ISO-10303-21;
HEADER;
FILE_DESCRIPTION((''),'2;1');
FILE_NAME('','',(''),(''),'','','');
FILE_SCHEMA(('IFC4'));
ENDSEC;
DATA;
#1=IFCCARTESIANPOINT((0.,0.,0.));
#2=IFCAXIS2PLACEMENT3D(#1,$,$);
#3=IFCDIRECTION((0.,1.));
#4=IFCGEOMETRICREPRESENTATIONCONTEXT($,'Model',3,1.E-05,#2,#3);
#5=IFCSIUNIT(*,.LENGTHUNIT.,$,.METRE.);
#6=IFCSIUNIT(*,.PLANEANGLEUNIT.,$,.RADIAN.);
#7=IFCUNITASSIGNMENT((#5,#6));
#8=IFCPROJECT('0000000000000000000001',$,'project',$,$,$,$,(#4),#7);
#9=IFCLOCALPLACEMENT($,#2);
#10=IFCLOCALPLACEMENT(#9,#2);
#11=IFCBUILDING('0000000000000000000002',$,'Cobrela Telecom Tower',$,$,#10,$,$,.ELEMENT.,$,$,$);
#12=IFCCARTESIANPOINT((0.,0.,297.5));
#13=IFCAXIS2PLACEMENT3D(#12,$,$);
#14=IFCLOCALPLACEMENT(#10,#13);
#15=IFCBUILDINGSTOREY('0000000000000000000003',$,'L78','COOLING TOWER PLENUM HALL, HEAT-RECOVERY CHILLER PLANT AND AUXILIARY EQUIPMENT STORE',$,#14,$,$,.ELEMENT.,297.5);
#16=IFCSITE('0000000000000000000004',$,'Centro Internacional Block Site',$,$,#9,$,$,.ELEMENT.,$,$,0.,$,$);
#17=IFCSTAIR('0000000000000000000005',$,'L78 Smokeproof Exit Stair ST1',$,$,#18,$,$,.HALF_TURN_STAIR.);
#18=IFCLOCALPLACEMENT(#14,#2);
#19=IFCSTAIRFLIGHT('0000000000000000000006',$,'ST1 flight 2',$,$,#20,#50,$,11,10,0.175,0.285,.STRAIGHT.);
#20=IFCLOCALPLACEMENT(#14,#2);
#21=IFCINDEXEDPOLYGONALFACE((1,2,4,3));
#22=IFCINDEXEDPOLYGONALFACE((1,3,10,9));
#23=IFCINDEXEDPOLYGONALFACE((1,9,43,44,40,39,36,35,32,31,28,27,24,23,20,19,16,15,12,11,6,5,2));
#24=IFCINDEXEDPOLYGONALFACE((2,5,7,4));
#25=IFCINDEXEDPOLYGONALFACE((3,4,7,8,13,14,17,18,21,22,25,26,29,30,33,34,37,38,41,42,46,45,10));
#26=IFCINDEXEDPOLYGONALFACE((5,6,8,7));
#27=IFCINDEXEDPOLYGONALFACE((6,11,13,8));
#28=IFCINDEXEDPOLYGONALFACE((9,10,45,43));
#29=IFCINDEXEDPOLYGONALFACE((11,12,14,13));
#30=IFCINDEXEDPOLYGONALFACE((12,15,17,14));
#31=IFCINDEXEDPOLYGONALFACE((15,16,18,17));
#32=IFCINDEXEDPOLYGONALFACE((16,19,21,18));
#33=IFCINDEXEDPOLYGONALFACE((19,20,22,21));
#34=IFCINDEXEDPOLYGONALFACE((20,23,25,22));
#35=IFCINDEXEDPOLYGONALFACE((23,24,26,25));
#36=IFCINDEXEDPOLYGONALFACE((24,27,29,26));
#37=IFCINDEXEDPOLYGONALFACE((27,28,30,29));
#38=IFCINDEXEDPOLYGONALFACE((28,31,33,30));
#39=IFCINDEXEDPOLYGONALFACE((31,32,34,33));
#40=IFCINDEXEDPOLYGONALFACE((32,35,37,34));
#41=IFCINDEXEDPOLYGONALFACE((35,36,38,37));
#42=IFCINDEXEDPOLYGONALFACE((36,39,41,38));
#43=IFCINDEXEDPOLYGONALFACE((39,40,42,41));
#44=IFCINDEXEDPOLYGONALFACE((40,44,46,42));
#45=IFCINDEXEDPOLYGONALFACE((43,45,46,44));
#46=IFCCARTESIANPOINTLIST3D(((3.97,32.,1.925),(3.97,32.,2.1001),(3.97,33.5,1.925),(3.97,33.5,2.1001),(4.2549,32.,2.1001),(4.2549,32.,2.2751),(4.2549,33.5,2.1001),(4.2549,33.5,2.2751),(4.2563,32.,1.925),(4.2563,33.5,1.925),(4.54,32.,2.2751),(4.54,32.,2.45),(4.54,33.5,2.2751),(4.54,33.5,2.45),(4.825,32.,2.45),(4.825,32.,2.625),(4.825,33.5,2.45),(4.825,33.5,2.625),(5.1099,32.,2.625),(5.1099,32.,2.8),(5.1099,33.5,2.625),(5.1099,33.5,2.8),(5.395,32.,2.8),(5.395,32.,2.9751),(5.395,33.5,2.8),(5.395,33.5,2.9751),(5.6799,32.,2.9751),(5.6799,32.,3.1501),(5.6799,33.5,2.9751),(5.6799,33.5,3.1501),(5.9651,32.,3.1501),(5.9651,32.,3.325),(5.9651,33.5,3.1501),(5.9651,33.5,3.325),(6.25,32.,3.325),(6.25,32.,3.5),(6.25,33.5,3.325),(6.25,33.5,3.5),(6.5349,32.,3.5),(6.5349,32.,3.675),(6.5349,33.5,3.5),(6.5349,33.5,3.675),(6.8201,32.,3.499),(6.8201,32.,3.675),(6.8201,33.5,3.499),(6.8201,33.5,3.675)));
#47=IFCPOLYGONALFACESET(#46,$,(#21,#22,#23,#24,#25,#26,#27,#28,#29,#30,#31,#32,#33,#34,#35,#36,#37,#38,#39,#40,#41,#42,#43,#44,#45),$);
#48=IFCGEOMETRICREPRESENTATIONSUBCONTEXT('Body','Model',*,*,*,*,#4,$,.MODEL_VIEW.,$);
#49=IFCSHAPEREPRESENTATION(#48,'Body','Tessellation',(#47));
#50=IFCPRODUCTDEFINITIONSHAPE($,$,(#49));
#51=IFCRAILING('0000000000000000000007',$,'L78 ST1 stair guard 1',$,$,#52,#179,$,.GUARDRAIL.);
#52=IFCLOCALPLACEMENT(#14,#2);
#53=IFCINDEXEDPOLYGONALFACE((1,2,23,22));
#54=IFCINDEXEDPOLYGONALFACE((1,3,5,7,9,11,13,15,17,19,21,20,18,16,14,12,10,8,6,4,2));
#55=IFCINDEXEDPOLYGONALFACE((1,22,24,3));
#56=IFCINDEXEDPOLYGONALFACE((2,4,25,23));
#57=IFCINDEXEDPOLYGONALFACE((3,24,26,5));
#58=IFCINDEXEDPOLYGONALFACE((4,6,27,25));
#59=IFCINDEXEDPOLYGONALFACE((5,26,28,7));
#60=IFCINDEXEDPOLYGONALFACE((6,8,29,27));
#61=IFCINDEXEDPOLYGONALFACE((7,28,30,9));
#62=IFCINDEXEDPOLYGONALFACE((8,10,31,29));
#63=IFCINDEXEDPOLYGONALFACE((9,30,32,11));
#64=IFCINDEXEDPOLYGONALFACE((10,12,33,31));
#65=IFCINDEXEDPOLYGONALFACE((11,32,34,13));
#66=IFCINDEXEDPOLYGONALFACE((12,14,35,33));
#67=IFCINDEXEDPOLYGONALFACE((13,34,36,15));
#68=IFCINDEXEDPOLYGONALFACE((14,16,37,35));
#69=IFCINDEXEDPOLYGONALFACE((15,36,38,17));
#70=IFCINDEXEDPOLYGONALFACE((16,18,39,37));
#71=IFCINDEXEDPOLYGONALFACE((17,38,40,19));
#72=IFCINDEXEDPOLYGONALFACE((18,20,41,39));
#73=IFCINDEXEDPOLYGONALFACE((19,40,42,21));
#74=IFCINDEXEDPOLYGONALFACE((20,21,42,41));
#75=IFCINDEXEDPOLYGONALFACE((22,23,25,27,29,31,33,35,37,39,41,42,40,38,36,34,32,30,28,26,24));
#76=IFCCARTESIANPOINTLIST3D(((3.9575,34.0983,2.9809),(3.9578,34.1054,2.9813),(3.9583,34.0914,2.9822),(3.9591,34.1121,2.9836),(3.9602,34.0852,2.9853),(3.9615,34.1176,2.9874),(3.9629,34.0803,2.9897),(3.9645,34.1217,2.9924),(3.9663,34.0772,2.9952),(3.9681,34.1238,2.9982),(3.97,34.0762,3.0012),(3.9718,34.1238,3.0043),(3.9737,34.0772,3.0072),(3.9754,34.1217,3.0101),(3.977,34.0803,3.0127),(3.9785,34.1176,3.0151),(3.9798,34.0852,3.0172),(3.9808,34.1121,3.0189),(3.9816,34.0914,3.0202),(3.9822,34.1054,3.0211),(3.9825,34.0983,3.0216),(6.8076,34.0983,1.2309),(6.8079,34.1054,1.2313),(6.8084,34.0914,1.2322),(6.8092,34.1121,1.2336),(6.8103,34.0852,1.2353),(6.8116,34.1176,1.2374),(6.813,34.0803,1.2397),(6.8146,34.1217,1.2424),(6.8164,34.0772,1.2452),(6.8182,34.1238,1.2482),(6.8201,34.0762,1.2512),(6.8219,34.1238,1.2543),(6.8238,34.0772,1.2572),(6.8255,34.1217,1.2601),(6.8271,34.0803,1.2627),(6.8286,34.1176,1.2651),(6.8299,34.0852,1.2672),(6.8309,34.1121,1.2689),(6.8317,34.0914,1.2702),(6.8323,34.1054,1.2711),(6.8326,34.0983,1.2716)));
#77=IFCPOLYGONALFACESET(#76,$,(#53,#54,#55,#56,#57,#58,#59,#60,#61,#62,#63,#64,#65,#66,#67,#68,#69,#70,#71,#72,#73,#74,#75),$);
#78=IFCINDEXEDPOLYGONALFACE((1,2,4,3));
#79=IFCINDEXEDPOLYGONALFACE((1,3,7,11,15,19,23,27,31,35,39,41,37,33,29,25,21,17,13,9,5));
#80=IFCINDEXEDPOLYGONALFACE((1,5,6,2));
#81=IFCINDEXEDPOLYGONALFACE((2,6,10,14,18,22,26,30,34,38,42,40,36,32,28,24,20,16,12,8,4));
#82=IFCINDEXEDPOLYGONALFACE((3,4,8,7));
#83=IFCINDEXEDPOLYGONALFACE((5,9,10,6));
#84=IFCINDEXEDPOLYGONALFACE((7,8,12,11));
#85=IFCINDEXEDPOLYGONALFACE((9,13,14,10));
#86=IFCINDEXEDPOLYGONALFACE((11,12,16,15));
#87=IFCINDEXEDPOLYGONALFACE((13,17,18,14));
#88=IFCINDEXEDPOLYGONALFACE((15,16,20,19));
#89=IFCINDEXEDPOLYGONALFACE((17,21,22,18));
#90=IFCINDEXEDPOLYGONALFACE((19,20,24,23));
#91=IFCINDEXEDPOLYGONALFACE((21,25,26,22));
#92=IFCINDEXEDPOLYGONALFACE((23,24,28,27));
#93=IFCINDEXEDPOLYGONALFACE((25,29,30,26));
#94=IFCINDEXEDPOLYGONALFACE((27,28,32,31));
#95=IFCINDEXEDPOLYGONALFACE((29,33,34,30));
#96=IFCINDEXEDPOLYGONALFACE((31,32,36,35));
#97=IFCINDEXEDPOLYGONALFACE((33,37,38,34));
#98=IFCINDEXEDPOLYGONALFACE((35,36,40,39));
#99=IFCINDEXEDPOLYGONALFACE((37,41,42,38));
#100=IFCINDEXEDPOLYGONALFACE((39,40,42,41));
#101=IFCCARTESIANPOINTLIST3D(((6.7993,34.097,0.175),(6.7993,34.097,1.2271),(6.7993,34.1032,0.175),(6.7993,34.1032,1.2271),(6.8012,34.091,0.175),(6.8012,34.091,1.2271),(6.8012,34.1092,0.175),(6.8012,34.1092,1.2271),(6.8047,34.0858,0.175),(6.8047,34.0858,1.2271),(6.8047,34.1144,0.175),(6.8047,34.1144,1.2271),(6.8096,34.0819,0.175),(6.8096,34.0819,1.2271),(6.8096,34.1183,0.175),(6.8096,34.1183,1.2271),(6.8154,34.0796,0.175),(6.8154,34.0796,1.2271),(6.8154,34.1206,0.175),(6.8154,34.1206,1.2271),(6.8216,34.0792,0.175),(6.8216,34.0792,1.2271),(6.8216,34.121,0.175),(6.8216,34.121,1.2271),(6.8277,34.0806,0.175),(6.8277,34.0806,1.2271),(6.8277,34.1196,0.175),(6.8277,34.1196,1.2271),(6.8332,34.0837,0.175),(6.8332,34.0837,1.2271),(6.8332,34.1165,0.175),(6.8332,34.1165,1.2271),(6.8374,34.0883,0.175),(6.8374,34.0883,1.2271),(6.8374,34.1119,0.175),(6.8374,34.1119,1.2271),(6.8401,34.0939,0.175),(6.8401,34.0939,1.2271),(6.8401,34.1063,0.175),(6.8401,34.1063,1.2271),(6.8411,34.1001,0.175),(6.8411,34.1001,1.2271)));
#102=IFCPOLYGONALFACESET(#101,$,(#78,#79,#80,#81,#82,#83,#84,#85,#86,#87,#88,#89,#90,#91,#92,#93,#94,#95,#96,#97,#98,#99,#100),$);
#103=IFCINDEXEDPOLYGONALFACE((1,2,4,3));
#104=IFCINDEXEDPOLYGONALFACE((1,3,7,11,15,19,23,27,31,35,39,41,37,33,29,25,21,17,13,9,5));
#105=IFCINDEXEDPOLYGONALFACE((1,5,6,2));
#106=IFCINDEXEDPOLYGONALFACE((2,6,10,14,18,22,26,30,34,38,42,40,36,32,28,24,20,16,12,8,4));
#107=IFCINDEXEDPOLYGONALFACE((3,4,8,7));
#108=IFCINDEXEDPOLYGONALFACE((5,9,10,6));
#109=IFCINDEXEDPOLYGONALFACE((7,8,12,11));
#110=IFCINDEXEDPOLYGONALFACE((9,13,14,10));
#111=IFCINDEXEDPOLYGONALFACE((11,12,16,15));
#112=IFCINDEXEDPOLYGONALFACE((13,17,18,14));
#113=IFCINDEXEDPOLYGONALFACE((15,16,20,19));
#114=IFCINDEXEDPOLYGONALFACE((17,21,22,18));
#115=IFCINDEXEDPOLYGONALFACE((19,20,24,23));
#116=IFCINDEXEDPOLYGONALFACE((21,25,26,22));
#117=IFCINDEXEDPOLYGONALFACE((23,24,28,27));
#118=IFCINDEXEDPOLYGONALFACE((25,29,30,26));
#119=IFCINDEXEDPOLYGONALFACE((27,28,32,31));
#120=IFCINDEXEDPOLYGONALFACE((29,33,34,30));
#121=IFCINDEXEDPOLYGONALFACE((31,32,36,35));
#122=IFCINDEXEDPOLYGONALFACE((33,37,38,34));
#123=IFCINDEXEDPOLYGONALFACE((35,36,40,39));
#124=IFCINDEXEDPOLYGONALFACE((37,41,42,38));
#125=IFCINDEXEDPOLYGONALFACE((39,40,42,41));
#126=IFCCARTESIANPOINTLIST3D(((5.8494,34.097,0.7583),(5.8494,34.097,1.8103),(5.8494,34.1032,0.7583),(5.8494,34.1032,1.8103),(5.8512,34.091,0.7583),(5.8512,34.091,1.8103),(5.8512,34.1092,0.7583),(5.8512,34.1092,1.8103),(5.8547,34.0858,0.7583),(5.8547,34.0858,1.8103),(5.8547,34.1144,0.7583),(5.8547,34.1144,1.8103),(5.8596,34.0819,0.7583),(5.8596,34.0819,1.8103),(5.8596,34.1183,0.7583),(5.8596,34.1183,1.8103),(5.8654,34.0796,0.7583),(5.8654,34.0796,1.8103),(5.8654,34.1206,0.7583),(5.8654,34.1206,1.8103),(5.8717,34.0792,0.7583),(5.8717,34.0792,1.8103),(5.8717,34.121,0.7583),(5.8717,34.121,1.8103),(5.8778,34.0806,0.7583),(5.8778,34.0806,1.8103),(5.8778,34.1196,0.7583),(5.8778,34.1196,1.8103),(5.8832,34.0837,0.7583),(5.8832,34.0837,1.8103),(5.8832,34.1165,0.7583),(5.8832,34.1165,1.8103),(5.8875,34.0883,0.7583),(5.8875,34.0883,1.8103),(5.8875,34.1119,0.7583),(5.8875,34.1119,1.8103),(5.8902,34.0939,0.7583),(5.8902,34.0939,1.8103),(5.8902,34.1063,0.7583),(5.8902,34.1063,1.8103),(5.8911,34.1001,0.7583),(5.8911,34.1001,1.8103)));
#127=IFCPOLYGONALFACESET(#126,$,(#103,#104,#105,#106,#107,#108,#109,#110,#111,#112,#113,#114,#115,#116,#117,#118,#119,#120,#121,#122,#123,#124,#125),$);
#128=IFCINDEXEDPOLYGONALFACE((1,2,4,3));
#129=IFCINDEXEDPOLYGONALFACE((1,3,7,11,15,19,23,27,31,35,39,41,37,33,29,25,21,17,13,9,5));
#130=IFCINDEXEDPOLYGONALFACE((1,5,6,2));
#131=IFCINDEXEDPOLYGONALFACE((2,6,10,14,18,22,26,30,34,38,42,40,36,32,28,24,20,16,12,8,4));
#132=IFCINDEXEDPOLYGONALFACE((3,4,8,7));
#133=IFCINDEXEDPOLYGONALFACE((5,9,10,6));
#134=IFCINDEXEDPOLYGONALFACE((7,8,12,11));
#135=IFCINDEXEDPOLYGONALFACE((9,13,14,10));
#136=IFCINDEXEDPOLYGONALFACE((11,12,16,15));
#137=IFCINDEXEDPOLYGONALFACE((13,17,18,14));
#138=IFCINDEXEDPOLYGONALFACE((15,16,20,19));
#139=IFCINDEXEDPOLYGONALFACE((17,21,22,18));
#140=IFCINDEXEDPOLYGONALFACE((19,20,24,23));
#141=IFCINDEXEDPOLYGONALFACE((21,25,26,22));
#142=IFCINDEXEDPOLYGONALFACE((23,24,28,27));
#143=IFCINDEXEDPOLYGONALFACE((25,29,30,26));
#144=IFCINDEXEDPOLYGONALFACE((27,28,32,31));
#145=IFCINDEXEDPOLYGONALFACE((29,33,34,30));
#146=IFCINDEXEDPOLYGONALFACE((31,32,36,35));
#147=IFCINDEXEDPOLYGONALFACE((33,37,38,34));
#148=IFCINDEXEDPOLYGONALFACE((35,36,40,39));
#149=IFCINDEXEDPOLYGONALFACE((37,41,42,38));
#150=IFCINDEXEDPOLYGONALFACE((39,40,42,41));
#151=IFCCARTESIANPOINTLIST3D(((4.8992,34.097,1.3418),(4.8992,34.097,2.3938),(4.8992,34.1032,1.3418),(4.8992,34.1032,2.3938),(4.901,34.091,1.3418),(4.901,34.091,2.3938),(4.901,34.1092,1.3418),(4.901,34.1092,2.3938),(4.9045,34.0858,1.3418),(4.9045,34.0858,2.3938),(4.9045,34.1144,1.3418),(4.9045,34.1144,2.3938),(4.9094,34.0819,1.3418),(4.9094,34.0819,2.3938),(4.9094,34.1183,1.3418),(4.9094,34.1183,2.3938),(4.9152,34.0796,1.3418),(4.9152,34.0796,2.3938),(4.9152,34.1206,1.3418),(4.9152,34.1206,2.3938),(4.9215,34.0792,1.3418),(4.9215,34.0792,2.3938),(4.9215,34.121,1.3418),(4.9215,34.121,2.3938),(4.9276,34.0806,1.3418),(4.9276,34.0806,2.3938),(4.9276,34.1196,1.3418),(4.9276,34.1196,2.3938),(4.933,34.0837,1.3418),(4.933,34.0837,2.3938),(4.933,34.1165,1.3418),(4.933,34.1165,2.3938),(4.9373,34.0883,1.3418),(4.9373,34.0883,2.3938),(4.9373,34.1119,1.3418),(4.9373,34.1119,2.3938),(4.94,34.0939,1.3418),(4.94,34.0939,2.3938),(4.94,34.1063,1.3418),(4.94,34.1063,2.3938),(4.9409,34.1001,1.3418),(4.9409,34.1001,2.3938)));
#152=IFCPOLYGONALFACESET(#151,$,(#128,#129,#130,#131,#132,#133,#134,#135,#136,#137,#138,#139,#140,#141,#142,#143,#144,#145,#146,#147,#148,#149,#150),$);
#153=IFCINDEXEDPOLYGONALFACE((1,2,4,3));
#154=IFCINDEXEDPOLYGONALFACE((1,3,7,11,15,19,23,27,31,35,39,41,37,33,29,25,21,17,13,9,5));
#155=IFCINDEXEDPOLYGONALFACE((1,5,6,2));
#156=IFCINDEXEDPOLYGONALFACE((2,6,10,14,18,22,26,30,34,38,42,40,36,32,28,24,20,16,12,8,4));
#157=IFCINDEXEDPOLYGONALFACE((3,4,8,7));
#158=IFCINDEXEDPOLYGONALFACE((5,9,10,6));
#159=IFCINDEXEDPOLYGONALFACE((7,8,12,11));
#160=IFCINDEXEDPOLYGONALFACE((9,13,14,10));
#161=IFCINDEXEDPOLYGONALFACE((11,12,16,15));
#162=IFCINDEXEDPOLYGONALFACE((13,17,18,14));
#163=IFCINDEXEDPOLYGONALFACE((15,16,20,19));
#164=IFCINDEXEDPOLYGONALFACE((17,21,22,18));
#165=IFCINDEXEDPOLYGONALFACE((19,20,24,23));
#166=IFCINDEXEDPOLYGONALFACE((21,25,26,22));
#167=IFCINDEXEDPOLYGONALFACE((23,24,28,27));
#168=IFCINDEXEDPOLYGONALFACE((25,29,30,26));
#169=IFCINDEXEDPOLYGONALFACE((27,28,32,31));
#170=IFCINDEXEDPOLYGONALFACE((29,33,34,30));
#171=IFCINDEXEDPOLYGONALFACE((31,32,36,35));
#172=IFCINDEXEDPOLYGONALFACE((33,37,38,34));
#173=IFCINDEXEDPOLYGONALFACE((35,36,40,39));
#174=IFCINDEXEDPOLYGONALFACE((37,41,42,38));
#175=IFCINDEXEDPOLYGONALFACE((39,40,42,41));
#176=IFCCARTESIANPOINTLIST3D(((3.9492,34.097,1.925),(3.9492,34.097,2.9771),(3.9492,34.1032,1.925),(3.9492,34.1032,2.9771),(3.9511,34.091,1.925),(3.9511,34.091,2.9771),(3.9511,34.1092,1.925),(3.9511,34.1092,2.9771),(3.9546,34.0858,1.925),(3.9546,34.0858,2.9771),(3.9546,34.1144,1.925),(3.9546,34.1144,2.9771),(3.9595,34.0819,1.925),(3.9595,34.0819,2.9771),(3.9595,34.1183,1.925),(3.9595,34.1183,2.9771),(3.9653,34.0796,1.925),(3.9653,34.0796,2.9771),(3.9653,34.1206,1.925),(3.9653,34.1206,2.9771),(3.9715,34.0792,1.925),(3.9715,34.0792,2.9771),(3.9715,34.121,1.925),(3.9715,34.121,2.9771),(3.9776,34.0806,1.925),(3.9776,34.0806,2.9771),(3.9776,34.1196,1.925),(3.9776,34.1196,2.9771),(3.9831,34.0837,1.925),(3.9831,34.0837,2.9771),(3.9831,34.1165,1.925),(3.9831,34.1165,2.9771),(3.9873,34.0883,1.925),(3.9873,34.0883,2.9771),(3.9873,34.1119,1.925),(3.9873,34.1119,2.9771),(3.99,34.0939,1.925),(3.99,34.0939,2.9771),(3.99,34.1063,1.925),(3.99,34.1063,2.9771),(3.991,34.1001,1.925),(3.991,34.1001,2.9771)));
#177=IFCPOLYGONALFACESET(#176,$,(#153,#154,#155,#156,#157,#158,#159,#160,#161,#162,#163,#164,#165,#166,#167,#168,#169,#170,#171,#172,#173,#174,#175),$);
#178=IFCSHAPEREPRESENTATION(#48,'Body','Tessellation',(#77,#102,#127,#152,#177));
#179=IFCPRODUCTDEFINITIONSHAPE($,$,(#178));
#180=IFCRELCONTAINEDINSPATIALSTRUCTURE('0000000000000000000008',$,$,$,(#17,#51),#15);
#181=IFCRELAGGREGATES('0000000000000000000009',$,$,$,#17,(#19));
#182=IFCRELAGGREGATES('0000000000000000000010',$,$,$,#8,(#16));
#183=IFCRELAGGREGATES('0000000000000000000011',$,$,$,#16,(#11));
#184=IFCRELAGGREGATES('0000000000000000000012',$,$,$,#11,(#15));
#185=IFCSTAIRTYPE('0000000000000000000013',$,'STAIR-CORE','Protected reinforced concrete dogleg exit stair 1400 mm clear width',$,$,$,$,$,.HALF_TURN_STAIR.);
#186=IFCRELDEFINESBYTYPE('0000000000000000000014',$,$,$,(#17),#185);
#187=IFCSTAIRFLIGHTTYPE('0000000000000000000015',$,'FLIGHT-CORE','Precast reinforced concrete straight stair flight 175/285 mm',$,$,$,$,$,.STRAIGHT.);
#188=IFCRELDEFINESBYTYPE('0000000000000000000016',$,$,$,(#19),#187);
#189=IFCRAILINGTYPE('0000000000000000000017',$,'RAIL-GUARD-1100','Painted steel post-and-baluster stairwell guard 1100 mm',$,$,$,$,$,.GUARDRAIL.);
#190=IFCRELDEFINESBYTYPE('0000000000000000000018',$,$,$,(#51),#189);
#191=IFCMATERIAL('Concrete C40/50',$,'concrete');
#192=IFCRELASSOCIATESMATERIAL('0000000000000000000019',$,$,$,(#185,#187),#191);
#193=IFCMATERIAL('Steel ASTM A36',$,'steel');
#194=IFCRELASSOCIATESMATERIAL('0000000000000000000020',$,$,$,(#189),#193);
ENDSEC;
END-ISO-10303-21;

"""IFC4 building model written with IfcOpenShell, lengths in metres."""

from ifc_helpers import new_model, si_unit, direction, frame, origin, origin_2d, place, context, subcontext, project, spatial, polyline, circle, outline, extrude, material, type_object, element, aggregate, save


model = new_model("IFC4")

# Units and contexts
model_context = context("Model", 3, precision=1e-05, world=origin(), true_north=direction((0.0, 1.0)))
body_context = subcontext(model_context, "Body", "Model", "MODEL_VIEW")
ifc_project = project(units=[si_unit("LENGTHUNIT", "METRE"), si_unit("PLANEANGLEUNIT", "RADIAN")], contexts=[model_context])

# Site, building, storey
site_placement = place(None, origin())
site = spatial("IfcSite", under=ifc_project, at=site_placement, Name="Centro Internacional Block Site", CompositionType="ELEMENT", RefElevation=0.0)
building_placement = place(site_placement, origin())
building = spatial("IfcBuilding", under=site, at=building_placement, Name="Cobrela Telecom Tower", CompositionType="ELEMENT")
storey_placement = place(building_placement, frame((0.0, 0.0, 297.5)))
storey = spatial("IfcBuildingStorey", under=building, at=storey_placement, Name="L78", Description="COOLING TOWER PLENUM HALL, HEAT-RECOVERY CHILLER PLANT AND AUXILIARY EQUIPMENT STORE", CompositionType="ELEMENT", Elevation=297.5)

# Shared definitions
ifc_material_1 = material(Name="Concrete C40/50", Category="concrete")

# Shared definitions
ifc_material_2 = material(Name="Steel ASTM A36", Category="steel")

# Stair, stair flight
stair_type = type_object("IfcStairType", Name="STAIR-CORE", Description="Protected reinforced concrete dogleg exit stair 1400 mm clear width", PredefinedType="HALF_TURN_STAIR", material=ifc_material_1)
stair_placement = place(storey_placement, origin())
stair = element("IfcStair", 1, at=stair_placement, inside=storey, type_object=stair_type, Name="L78 Smokeproof Exit Stair ST1", PredefinedType="HALF_TURN_STAIR")
stair_flight_type = type_object("IfcStairFlightType", Name="FLIGHT-CORE", Description="Precast reinforced concrete straight stair flight 175/285 mm", PredefinedType="STRAIGHT", material=ifc_material_1)
stair_flight_1_placement = place(storey_placement, frame((3.97, 32.75, 1.925), z_axis=(0.0, 0.0, 1.0), x_axis=(1.0, 0.0, 0.0)))
stair_flight_1 = element("IfcStairFlight", 2, at=stair_flight_1_placement, type_object=stair_flight_type, Name="ST1 flight 2", NumberOfRisers=11, NumberOfTreads=10, PredefinedType="STRAIGHT", RiserHeight=0.175, TreadLength=0.285, context=body_context, shape_type="SweptSolid", body=[
    extrude(outline(polyline([(0.0, 0.0), (0.0, 0.175), (0.2849, 0.175), (0.2849, 0.3501), (0.5701, 0.3501), (0.5701, 0.5249), (0.855, 0.5249), (0.855, 0.7), (1.1399, 0.7), (1.1399, 0.875), (1.425, 0.875), (1.425, 1.05), (1.71, 1.05), (1.71, 1.2251), (1.9951, 1.2251), (1.9951, 1.3999), (2.28, 1.3999), (2.28, 1.575), (2.5649, 1.575), (2.5649, 1.75), (2.8501, 1.75), (2.8501, 1.925), (2.8501, 1.574), (0.2864, 0.0), (0.0, 0.0)])), frame((0.0, 0.75, 0.0), z_axis=(0.0, -1.0, 0.0), x_axis=(1.0, 0.0, 0.0)), (0.0, 0.0, 1.0), 1.5),
])
aggregate(stair, [stair_flight_1])

# Railing
railing_type_1 = type_object("IfcRailingType", Name="RAIL-GUARD-1100", Description="Painted steel post-and-baluster stairwell guard 1100 mm", PredefinedType="GUARDRAIL", material=ifc_material_2)
railing_1_placement = place(storey_placement, frame((6.8201, 34.1001, 0.175)))
element("IfcRailing", 3, at=railing_1_placement, inside=storey, type_object=railing_type_1, Name="L78 ST1 stair guard 1", PredefinedType="GUARDRAIL", context=body_context, shape_type="SweptSolid", body=[
    extrude(circle(Radius=0.0239, at=origin_2d()), frame((0.0, 0.0, 1.0762), z_axis=(-0.852179, 0.0, 0.52325), x_axis=(0.0, -1.0, 0.0)), (0.0, 0.0, 1.0), 3.3445),
    extrude(circle(Radius=0.021, at=origin_2d()), origin(), (0.0, 0.0, 1.0), 1.052),
    extrude(circle(Radius=0.021, at=origin_2d()), frame((-0.95, 0.0, 0.5833)), (0.0, 0.0, 1.0), 1.052),
    extrude(circle(Radius=0.021, at=origin_2d()), frame((-1.9001, 0.0, 1.1667)), (0.0, 0.0, 1.0), 1.052),
    extrude(circle(Radius=0.021, at=origin_2d()), frame((-2.8501, 0.0, 1.75)), (0.0, 0.0, 1.0), 1.052),
])

save(model, "model.ifc")
